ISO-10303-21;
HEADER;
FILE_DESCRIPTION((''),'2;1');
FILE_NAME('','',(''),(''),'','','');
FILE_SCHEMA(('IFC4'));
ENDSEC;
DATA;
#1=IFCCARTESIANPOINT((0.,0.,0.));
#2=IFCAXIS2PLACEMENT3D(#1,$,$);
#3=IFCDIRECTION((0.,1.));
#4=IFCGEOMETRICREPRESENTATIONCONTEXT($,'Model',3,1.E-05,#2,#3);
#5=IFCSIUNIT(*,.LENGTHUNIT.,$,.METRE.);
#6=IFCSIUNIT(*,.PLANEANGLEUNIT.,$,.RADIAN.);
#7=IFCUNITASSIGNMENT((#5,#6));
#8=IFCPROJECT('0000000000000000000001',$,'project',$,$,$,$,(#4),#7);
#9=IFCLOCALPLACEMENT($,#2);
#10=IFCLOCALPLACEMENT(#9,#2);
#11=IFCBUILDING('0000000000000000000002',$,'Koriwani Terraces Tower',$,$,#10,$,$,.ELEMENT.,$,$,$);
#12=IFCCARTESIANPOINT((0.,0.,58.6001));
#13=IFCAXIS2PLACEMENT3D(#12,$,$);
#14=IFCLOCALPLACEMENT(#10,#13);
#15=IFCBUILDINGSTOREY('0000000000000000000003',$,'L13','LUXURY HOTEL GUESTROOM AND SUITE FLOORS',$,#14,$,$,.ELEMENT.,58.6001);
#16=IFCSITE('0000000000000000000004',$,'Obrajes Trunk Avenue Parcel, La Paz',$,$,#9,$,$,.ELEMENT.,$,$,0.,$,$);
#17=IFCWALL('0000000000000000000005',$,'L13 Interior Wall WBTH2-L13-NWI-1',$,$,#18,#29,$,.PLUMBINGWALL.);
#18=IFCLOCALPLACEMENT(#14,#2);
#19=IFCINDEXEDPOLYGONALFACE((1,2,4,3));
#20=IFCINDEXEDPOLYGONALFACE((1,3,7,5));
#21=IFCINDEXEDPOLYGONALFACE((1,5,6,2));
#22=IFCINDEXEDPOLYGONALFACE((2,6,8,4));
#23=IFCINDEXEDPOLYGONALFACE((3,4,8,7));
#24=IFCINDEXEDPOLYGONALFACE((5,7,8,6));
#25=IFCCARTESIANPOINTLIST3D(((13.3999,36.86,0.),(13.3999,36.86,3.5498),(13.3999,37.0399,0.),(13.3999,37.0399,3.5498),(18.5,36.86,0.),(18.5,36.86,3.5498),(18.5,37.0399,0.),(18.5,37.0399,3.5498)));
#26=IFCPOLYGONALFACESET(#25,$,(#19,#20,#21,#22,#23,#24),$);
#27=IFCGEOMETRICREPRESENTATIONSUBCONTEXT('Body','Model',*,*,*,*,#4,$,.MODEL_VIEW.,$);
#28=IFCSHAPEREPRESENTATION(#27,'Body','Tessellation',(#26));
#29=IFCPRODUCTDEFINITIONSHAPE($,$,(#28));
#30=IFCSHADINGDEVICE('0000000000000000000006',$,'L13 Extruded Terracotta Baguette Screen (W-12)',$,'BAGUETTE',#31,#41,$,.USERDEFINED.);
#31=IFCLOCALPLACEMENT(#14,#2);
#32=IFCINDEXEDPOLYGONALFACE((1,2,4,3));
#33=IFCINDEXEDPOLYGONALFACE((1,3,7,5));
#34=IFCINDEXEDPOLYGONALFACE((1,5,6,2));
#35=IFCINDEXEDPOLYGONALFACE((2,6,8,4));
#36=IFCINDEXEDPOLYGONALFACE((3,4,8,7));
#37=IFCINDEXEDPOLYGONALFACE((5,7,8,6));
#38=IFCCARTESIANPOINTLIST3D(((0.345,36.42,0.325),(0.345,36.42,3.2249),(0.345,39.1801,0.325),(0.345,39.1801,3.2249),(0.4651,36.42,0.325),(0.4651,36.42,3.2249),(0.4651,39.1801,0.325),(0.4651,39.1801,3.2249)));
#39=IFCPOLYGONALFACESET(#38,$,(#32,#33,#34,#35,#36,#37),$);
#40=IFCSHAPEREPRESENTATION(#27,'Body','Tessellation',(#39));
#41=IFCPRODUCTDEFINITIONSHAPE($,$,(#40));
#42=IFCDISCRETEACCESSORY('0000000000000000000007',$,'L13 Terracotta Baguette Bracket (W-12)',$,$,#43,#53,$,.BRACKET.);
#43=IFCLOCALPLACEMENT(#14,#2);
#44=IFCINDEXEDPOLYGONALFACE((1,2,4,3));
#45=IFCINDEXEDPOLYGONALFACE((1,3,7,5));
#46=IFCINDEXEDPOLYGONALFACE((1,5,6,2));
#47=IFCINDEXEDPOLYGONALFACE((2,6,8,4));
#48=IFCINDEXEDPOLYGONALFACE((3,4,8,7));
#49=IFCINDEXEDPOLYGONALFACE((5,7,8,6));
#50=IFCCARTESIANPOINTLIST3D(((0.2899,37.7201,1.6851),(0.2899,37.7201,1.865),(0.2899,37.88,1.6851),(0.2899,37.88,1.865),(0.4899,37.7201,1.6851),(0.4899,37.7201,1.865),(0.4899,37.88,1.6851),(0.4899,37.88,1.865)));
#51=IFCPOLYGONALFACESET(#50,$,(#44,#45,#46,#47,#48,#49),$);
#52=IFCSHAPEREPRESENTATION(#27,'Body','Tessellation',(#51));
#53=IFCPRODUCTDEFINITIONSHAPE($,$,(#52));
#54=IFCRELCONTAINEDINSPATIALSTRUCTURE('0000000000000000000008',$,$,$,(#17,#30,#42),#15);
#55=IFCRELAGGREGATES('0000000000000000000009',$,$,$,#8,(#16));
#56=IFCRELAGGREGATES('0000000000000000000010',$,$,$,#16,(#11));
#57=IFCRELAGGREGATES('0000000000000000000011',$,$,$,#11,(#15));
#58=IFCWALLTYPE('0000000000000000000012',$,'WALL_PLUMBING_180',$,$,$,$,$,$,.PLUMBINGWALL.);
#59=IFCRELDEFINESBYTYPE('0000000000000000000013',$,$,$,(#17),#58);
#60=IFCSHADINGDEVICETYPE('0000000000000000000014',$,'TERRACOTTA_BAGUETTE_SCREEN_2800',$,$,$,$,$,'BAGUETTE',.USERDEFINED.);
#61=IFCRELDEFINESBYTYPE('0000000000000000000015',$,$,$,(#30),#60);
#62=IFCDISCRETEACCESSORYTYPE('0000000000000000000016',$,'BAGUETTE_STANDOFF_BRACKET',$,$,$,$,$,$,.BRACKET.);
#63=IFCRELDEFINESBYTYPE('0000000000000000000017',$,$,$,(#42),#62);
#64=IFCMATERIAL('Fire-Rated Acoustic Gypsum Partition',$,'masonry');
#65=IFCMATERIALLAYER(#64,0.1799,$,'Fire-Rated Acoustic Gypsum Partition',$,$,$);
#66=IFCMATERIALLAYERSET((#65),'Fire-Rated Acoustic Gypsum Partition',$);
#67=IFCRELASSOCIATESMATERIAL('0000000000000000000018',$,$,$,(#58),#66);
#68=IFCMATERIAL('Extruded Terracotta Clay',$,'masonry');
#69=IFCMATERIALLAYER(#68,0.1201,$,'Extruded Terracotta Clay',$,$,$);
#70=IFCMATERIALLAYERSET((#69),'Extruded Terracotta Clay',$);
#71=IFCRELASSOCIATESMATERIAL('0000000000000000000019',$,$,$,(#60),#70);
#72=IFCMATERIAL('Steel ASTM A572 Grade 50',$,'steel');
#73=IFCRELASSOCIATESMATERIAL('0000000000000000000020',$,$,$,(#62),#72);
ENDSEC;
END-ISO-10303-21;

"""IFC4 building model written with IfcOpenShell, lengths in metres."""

from ifc_helpers import new_model, si_unit, direction, frame, frame_2d, origin, origin_2d, place, context, subcontext, project, spatial, rectangle, extrude, material, layer, layer_set, type_object, element, save


model = new_model("IFC4")

# Units and contexts
model_context = context("Model", 3, precision=1e-05, world=origin(), true_north=direction((0.0, 1.0)))
body_context = subcontext(model_context, "Body", "Model", "MODEL_VIEW")
ifc_project = project(units=[si_unit("LENGTHUNIT", "METRE"), si_unit("PLANEANGLEUNIT", "RADIAN")], contexts=[model_context])

# Site, building, storey
site_placement = place(None, origin())
site = spatial("IfcSite", under=ifc_project, at=site_placement, Name="Obrajes Trunk Avenue Parcel, La Paz", CompositionType="ELEMENT", RefElevation=0.0)
building_placement = place(site_placement, origin())
building = spatial("IfcBuilding", under=site, at=building_placement, Name="Koriwani Terraces Tower", CompositionType="ELEMENT")
storey_placement = place(building_placement, frame((0.0, 0.0, 58.6001)))
storey = spatial("IfcBuildingStorey", under=building, at=storey_placement, Name="L13", Description="LUXURY HOTEL GUESTROOM AND SUITE FLOORS", CompositionType="ELEMENT", Elevation=58.6001)

# Shared definitions
ifc_material_1 = material(Name="Steel ASTM A572 Grade 50", Category="steel")

# Wall
ifc_material_2 = material(Name="Fire-Rated Acoustic Gypsum Partition", Category="masonry")
ifc_layer_1 = layer(ifc_material_2, 0.1799, Name="Fire-Rated Acoustic Gypsum Partition")
ifc_layer_set_1 = layer_set([ifc_layer_1], Name="Fire-Rated Acoustic Gypsum Partition")
wall_type_1 = type_object("IfcWallType", Name="WALL_PLUMBING_180", PredefinedType="PLUMBINGWALL", material=ifc_layer_set_1)
for number, where, z_axis, x_axis, name in (
    (1, (13.3999, 36.95, 0.0), (0.0, 0.0, 1.0), (1.0, 0.0, 0.0), "L13 Interior Wall WBTH2-L13-NWI-1"),
):
    element("IfcWall", number, at=place(storey_placement, frame(where, z_axis=z_axis, x_axis=x_axis)), inside=storey, type_object=wall_type_1, Name=name, PredefinedType="PLUMBINGWALL", context=body_context, shape_type="SweptSolid", body=[
        extrude(rectangle(XDim=5.1001, YDim=0.1799, at=frame_2d((2.55, 0.0))), origin(), (0.0, 0.0, 1.0), 3.5498),
    ])

# Shading device
ifc_material_3 = material(Name="Extruded Terracotta Clay", Category="masonry")
ifc_layer_2 = layer(ifc_material_3, 0.1201, Name="Extruded Terracotta Clay")
ifc_layer_set_2 = layer_set([ifc_layer_2], Name="Extruded Terracotta Clay")
shading_device_type = type_object("IfcShadingDeviceType", Name="TERRACOTTA_BAGUETTE_SCREEN_2800", ElementType="BAGUETTE", PredefinedType="USERDEFINED", material=ifc_layer_set_2)
shading_device_placement = place(storey_placement, frame((0.405, 37.8, 0.325), z_axis=(0.0, 0.0, 1.0), x_axis=(0.0, 1.0, 0.0)))
element("IfcShadingDevice", 2, at=shading_device_placement, inside=storey, type_object=shading_device_type, Name="L13 Extruded Terracotta Baguette Screen (W-12)", ObjectType="BAGUETTE", PredefinedType="USERDEFINED", context=body_context, shape_type="SweptSolid", body=[
    extrude(rectangle(XDim=2.76, YDim=0.1201, at=origin_2d()), origin(), (0.0, 0.0, 1.0), 2.8999),
])

# Discrete accessory
discrete_accessory_type = type_object("IfcDiscreteAccessoryType", Name="BAGUETTE_STANDOFF_BRACKET", PredefinedType="BRACKET", material=ifc_material_1)
discrete_accessory_placement = place(storey_placement, frame((0.3899, 37.8, 1.6851), z_axis=(0.0, 0.0, 1.0), x_axis=(0.0, 1.0, 0.0)))
element("IfcDiscreteAccessory", 3, at=discrete_accessory_placement, inside=storey, type_object=discrete_accessory_type, Name="L13 Terracotta Baguette Bracket (W-12)", PredefinedType="BRACKET", context=body_context, shape_type="SweptSolid", body=[
    extrude(rectangle(XDim=0.1599, YDim=0.2, at=origin_2d()), origin(), (0.0, 0.0, 1.0), 0.1799),
])

save(model, "model.ifc")
